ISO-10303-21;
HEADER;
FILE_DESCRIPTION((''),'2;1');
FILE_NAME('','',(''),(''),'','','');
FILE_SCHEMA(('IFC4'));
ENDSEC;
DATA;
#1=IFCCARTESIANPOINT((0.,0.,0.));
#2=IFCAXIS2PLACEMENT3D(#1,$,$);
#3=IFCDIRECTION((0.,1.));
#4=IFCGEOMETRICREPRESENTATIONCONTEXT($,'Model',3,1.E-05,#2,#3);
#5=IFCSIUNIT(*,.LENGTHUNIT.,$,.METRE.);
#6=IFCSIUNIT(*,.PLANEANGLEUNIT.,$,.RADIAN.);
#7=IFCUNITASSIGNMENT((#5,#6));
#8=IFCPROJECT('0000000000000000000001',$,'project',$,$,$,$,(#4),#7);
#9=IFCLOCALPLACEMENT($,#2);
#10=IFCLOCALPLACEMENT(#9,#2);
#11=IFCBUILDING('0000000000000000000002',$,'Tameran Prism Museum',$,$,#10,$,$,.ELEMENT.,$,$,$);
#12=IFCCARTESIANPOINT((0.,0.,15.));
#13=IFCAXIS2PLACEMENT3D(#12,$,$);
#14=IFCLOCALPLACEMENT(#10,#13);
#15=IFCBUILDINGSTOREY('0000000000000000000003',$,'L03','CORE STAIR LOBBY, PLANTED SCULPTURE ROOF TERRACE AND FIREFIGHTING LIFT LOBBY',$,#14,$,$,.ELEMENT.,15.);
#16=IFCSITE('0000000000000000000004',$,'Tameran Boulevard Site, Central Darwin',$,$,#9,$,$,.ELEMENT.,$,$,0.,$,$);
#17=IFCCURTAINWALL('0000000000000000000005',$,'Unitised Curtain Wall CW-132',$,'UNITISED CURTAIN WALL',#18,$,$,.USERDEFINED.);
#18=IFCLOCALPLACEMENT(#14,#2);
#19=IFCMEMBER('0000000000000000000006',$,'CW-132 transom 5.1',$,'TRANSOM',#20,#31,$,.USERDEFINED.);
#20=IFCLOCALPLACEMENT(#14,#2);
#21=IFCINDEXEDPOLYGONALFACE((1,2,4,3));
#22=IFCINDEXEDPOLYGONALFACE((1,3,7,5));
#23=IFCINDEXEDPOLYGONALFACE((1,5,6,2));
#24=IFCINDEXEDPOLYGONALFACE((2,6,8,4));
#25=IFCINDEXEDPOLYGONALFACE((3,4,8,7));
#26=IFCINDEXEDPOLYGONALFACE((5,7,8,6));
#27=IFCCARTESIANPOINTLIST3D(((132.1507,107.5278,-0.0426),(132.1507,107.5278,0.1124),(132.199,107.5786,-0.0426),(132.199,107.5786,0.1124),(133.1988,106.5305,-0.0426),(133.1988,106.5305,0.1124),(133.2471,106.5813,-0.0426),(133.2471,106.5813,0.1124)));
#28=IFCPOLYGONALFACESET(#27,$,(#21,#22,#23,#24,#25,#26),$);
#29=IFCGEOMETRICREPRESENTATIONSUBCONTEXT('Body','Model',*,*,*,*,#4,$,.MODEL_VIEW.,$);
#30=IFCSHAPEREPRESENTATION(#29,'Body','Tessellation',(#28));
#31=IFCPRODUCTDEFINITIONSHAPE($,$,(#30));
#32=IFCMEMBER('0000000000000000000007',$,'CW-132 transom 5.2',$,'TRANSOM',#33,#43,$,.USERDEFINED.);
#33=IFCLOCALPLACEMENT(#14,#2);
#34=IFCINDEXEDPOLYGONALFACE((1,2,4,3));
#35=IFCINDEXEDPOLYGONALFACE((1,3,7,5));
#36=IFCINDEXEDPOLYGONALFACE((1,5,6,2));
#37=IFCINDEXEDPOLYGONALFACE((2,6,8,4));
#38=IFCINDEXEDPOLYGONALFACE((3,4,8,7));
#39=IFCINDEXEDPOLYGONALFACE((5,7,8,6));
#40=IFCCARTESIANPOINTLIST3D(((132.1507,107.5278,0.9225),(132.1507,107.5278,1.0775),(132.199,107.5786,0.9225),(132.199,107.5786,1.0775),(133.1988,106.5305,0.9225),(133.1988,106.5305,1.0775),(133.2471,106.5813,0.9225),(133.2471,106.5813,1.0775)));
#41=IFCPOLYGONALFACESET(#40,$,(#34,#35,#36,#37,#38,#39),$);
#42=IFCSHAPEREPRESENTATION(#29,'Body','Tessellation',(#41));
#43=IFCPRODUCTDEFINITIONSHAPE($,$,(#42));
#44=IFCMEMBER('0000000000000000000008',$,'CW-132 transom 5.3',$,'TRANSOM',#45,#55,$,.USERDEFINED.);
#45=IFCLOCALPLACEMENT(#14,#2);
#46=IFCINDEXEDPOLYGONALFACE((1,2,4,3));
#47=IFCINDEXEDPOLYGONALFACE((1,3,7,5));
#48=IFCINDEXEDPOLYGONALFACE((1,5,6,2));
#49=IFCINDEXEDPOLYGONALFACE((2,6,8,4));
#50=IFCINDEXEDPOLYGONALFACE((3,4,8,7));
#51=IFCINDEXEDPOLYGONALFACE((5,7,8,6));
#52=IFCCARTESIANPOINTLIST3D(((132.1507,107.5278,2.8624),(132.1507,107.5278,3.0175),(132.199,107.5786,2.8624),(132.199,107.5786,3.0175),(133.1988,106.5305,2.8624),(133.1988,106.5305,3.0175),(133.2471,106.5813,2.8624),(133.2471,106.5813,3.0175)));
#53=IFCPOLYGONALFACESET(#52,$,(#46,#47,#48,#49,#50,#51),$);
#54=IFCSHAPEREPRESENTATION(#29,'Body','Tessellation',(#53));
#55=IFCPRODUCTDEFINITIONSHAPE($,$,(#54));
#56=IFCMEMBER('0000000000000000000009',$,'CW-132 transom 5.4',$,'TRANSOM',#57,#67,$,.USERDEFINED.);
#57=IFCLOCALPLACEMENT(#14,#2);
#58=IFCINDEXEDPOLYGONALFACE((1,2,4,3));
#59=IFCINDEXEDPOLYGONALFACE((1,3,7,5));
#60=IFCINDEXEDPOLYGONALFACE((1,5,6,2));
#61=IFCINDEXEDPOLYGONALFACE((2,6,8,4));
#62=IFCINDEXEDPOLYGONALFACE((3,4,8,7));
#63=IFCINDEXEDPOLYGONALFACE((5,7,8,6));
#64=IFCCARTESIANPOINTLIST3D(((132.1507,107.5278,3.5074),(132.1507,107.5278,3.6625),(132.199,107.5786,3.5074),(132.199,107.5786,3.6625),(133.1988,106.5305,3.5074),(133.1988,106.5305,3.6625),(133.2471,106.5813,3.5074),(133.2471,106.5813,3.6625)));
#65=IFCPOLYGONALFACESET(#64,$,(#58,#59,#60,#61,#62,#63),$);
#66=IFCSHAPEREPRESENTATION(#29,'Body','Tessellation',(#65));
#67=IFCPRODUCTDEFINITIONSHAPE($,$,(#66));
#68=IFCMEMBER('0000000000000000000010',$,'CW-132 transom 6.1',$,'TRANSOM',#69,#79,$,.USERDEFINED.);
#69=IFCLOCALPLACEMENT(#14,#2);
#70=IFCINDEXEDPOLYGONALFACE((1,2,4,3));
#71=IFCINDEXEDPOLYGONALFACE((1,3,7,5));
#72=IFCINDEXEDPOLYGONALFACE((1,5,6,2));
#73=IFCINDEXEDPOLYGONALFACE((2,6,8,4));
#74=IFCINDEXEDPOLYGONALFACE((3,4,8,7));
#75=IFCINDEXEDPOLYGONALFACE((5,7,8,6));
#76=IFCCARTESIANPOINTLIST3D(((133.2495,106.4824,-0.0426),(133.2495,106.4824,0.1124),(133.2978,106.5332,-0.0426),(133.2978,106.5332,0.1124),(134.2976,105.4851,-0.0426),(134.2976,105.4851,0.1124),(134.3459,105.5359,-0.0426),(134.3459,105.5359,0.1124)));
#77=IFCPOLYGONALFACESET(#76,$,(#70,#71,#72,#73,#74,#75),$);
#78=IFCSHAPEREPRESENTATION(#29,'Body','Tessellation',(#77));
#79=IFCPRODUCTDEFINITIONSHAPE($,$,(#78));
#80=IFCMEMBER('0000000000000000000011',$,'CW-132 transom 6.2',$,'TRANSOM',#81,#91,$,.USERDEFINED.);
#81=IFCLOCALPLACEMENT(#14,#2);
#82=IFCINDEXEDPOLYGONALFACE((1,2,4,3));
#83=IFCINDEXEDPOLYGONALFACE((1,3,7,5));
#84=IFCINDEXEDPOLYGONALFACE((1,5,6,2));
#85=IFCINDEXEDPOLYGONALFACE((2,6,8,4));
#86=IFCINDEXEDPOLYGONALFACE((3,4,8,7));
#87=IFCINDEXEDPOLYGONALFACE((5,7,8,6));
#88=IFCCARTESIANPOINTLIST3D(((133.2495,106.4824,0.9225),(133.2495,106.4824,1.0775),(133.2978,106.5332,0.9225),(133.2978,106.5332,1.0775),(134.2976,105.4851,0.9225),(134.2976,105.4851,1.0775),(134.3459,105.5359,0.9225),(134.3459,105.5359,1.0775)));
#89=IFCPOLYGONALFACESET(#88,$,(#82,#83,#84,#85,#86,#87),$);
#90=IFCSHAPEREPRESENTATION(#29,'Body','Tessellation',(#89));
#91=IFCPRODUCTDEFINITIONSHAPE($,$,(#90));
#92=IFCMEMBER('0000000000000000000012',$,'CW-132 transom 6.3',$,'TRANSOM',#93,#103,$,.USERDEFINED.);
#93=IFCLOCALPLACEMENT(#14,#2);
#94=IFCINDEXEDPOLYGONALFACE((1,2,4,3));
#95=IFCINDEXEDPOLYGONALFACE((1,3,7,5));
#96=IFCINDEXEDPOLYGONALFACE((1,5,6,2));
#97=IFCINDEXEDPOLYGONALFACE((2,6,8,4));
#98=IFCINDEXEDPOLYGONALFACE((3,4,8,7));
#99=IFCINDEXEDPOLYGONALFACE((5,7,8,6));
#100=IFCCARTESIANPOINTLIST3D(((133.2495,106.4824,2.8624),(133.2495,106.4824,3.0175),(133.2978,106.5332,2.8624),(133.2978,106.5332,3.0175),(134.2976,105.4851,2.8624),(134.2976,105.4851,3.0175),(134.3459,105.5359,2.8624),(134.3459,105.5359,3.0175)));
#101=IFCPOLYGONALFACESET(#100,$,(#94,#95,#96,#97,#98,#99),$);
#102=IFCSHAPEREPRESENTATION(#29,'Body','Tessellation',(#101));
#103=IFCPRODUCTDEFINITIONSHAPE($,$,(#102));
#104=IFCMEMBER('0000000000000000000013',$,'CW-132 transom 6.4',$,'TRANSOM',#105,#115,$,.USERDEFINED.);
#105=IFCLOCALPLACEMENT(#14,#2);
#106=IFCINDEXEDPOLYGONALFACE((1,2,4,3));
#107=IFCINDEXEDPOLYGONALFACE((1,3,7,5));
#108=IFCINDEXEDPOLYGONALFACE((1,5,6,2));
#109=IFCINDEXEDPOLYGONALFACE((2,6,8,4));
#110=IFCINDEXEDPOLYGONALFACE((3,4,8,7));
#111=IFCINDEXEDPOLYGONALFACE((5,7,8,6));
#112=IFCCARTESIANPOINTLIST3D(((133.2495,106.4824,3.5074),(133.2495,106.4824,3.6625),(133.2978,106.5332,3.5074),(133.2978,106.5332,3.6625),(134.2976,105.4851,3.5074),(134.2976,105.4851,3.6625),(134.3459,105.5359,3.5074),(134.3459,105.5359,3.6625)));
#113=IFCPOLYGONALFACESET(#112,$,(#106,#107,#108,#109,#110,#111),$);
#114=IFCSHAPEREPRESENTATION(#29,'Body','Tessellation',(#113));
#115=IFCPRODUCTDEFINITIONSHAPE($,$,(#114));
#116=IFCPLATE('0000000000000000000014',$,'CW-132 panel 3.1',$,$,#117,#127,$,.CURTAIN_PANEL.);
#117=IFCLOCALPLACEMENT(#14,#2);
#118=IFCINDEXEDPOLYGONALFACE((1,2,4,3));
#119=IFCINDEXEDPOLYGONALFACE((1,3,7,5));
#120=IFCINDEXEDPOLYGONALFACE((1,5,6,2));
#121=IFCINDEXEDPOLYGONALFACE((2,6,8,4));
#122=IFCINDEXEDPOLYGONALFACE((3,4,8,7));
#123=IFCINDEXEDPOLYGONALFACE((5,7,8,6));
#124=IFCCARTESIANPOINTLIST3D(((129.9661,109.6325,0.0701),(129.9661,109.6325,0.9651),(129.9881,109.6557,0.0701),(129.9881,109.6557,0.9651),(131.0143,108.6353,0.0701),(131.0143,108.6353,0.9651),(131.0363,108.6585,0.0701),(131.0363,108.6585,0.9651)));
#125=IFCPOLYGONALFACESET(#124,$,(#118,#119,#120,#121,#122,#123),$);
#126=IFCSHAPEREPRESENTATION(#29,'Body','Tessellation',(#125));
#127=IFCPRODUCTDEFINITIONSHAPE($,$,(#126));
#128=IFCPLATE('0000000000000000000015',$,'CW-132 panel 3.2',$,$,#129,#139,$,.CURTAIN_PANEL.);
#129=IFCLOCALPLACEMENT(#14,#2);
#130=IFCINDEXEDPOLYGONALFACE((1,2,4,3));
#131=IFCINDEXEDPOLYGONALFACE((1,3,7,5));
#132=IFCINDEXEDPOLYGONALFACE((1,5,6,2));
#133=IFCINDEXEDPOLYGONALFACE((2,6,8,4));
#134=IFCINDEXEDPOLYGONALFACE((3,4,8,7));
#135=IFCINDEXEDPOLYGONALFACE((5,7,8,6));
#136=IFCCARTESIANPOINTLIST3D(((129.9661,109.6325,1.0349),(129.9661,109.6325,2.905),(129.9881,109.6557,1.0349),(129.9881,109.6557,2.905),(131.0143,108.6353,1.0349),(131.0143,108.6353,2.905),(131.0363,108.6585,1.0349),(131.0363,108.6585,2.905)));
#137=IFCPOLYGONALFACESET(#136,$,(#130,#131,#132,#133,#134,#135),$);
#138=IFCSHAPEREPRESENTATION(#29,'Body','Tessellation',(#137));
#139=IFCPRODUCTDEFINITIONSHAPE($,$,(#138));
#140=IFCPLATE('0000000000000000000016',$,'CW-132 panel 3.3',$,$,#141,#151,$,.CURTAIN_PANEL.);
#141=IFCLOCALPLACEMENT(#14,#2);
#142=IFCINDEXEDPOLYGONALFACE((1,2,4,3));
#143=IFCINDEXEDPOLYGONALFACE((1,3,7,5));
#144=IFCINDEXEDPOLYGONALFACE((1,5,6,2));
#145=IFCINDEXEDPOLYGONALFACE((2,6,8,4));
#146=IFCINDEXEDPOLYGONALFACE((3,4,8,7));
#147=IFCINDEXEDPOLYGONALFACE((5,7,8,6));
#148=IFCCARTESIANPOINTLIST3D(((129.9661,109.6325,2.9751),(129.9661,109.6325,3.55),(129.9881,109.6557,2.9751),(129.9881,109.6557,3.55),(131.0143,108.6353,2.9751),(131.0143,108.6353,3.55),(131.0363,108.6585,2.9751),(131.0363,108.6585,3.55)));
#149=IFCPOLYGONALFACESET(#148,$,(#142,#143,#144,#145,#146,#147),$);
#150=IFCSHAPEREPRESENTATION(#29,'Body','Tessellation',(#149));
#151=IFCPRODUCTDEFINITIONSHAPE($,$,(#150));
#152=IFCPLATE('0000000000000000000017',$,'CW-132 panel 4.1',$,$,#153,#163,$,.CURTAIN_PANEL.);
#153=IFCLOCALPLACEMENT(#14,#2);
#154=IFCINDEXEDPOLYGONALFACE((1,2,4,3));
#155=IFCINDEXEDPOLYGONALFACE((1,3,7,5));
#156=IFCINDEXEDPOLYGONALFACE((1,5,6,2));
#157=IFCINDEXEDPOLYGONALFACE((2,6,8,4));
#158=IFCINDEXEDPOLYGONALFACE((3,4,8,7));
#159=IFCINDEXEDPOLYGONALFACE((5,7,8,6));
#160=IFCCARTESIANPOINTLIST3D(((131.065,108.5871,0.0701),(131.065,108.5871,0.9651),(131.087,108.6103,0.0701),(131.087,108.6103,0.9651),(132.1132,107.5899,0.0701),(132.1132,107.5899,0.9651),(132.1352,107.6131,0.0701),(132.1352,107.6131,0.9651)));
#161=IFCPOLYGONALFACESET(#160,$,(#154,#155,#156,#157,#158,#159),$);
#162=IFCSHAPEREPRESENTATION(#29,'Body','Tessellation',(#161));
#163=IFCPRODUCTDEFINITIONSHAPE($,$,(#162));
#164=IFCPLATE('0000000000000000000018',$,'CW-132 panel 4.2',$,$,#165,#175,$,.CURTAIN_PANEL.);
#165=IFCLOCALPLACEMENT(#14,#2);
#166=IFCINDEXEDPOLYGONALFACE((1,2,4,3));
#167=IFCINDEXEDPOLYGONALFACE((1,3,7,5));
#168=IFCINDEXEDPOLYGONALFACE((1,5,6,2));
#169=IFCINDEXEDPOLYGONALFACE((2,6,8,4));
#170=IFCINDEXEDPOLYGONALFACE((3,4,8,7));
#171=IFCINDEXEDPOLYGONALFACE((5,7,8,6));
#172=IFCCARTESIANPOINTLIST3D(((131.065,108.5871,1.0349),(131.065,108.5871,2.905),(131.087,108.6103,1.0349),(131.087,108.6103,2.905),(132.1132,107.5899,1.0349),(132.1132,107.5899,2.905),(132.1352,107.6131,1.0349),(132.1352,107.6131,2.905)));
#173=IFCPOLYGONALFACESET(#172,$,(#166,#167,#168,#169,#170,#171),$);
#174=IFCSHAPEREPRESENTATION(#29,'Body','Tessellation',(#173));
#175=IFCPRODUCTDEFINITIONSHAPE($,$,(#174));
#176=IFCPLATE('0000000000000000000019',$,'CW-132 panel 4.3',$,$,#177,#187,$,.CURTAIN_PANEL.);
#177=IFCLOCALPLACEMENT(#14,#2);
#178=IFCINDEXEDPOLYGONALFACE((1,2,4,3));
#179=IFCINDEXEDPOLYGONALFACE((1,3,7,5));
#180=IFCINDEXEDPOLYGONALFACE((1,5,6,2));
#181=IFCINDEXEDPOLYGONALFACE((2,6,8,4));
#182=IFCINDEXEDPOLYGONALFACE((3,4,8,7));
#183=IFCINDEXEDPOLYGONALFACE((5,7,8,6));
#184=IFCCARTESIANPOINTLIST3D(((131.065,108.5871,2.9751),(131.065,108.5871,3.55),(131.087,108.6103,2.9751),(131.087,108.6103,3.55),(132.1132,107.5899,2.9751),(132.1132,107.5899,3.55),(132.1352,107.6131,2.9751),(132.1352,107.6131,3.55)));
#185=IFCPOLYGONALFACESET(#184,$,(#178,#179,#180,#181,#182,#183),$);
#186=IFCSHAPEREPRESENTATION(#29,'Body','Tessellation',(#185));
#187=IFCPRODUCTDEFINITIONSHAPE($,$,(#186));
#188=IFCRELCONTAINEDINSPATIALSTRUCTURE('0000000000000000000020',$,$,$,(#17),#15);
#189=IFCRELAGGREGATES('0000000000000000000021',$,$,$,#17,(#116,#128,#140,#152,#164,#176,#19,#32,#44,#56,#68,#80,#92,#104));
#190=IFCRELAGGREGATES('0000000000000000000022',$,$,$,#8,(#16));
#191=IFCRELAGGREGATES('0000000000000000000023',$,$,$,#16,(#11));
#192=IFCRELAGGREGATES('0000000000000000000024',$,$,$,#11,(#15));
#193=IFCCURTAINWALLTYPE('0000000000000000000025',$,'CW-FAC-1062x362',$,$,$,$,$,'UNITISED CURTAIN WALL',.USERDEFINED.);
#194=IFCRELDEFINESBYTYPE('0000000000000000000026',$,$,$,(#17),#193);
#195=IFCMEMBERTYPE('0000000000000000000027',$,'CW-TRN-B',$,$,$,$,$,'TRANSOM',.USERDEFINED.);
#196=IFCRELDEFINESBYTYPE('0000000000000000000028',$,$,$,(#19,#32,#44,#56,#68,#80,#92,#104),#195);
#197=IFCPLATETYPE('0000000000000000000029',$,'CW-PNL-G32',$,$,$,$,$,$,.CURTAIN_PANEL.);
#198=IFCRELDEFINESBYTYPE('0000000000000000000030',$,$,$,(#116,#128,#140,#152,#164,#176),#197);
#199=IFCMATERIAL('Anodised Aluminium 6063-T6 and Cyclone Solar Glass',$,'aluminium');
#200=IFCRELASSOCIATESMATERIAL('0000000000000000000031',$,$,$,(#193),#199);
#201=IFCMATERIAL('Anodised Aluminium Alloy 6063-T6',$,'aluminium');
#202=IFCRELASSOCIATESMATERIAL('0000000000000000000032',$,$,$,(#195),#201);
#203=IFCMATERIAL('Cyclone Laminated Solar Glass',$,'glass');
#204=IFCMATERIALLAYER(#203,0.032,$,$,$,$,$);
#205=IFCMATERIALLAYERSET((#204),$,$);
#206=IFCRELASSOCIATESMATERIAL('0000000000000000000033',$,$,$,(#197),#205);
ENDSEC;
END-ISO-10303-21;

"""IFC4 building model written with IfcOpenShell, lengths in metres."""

from ifc_helpers import new_model, si_unit, direction, frame, origin, origin_2d, place, context, subcontext, project, spatial, rectangle, extrude, material, layer, layer_set, material_profile, profile_set, type_object, element, aggregate, save


model = new_model("IFC4")

# Units and contexts
model_context = context("Model", 3, precision=1e-05, world=origin(), true_north=direction((0.0, 1.0)))
body_context = subcontext(model_context, "Body", "Model", "MODEL_VIEW")
ifc_project = project(units=[si_unit("LENGTHUNIT", "METRE"), si_unit("PLANEANGLEUNIT", "RADIAN")], contexts=[model_context])

# Site, building, storey
site_placement = place(None, origin())
site = spatial("IfcSite", under=ifc_project, at=site_placement, Name="Tameran Boulevard Site, Central Darwin", CompositionType="ELEMENT", RefElevation=0.0)
building_placement = place(site_placement, origin())
building = spatial("IfcBuilding", under=site, at=building_placement, Name="Tameran Prism Museum", CompositionType="ELEMENT")
storey_placement = place(building_placement, frame((0.0, 0.0, 15.0)))
storey = spatial("IfcBuildingStorey", under=building, at=storey_placement, Name="L03", Description="CORE STAIR LOBBY, PLANTED SCULPTURE ROOF TERRACE AND FIREFIGHTING LIFT LOBBY", CompositionType="ELEMENT", Elevation=15.0)

# Curtain wall, members, plates
ifc_material_1 = material(Name="Anodised Aluminium 6063-T6 and Cyclone Solar Glass", Category="aluminium")
curtain_wall_type = type_object("IfcCurtainWallType", Name="CW-FAC-1062x362", ElementType="UNITISED CURTAIN WALL", PredefinedType="USERDEFINED", material=ifc_material_1)
curtain_wall_placement = place(storey_placement, origin())
curtain_wall = element("IfcCurtainWall", 1, at=curtain_wall_placement, inside=storey, type_object=curtain_wall_type, Name="Unitised Curtain Wall CW-132", ObjectType="UNITISED CURTAIN WALL", PredefinedType="USERDEFINED")
ifc_material_2 = material(Name="Anodised Aluminium Alloy 6063-T6", Category="aluminium")
ifc_material_profile_1 = material_profile(ifc_material_2, rectangle(XDim=0.0701, YDim=0.155, at=origin_2d()))
ifc_profile_set_1 = profile_set([ifc_material_profile_1])
member_type_1 = type_object("IfcMemberType", Name="CW-TRN-B", ElementType="TRANSOM", PredefinedType="USERDEFINED", material=ifc_profile_set_1)
member_1_placement = place(storey_placement, frame((132.1748, 107.5532, 0.0349), z_axis=(0.724439, -0.689339, 0.0), x_axis=(0.689339, 0.724439, 0.0)))
member_1 = element("IfcMember", 2, at=member_1_placement, type_object=member_type_1, Name="CW-132 transom 5.1", ObjectType="TRANSOM", PredefinedType="USERDEFINED", context=body_context, shape_type="SweptSolid", body=[
    extrude(rectangle(XDim=0.0701, YDim=0.155, at=origin_2d()), origin(), (0.0, 0.0, 1.0), 1.4468),
])
member_2_placement = place(storey_placement, frame((132.1748, 107.5532, 1.0), z_axis=(0.724439, -0.689339, 0.0), x_axis=(0.689339, 0.724439, 0.0)))
member_2 = element("IfcMember", 3, at=member_2_placement, type_object=member_type_1, Name="CW-132 transom 5.2", ObjectType="TRANSOM", PredefinedType="USERDEFINED", context=body_context, shape_type="SweptSolid", body=[
    extrude(rectangle(XDim=0.0701, YDim=0.155, at=origin_2d()), origin(), (0.0, 0.0, 1.0), 1.4468),
])
member_3_placement = place(storey_placement, frame((132.1748, 107.5532, 2.9399), z_axis=(0.724439, -0.689339, 0.0), x_axis=(0.689339, 0.724439, 0.0)))
member_3 = element("IfcMember", 4, at=member_3_placement, type_object=member_type_1, Name="CW-132 transom 5.3", ObjectType="TRANSOM", PredefinedType="USERDEFINED", context=body_context, shape_type="SweptSolid", body=[
    extrude(rectangle(XDim=0.0701, YDim=0.155, at=origin_2d()), origin(), (0.0, 0.0, 1.0), 1.4468),
])
member_4_placement = place(storey_placement, frame((132.1748, 107.5532, 3.585), z_axis=(0.724439, -0.689339, 0.0), x_axis=(0.689339, 0.724439, 0.0)))
member_4 = element("IfcMember", 5, at=member_4_placement, type_object=member_type_1, Name="CW-132 transom 5.4", ObjectType="TRANSOM", PredefinedType="USERDEFINED", context=body_context, shape_type="SweptSolid", body=[
    extrude(rectangle(XDim=0.0701, YDim=0.155, at=origin_2d()), origin(), (0.0, 0.0, 1.0), 1.4468),
])
member_5_placement = place(storey_placement, frame((133.2737, 106.5078, 0.0349), z_axis=(0.724439, -0.689339, 0.0), x_axis=(0.689339, 0.724439, 0.0)))
member_5 = element("IfcMember", 6, at=member_5_placement, type_object=member_type_1, Name="CW-132 transom 6.1", ObjectType="TRANSOM", PredefinedType="USERDEFINED", context=body_context, shape_type="SweptSolid", body=[
    extrude(rectangle(XDim=0.0701, YDim=0.155, at=origin_2d()), origin(), (0.0, 0.0, 1.0), 1.4468),
])
member_6_placement = place(storey_placement, frame((133.2737, 106.5078, 1.0), z_axis=(0.724439, -0.689339, 0.0), x_axis=(0.689339, 0.724439, 0.0)))
member_6 = element("IfcMember", 7, at=member_6_placement, type_object=member_type_1, Name="CW-132 transom 6.2", ObjectType="TRANSOM", PredefinedType="USERDEFINED", context=body_context, shape_type="SweptSolid", body=[
    extrude(rectangle(XDim=0.0701, YDim=0.155, at=origin_2d()), origin(), (0.0, 0.0, 1.0), 1.4468),
])
member_7_placement = place(storey_placement, frame((133.2737, 106.5078, 2.9399), z_axis=(0.724439, -0.689339, 0.0), x_axis=(0.689339, 0.724439, 0.0)))
member_7 = element("IfcMember", 8, at=member_7_placement, type_object=member_type_1, Name="CW-132 transom 6.3", ObjectType="TRANSOM", PredefinedType="USERDEFINED", context=body_context, shape_type="SweptSolid", body=[
    extrude(rectangle(XDim=0.0701, YDim=0.155, at=origin_2d()), origin(), (0.0, 0.0, 1.0), 1.4468),
])
member_8_placement = place(storey_placement, frame((133.2737, 106.5078, 3.585), z_axis=(0.724439, -0.689339, 0.0), x_axis=(0.689339, 0.724439, 0.0)))
member_8 = element("IfcMember", 9, at=member_8_placement, type_object=member_type_1, Name="CW-132 transom 6.4", ObjectType="TRANSOM", PredefinedType="USERDEFINED", context=body_context, shape_type="SweptSolid", body=[
    extrude(rectangle(XDim=0.0701, YDim=0.155, at=origin_2d()), origin(), (0.0, 0.0, 1.0), 1.4468),
])
ifc_material_3 = material(Name="Cyclone Laminated Solar Glass", Category="glass")
ifc_layer_1 = layer(ifc_material_3, 0.032)
ifc_layer_set_1 = layer_set([ifc_layer_1])
plate_type = type_object("IfcPlateType", Name="CW-PNL-G32", PredefinedType="CURTAIN_PANEL", material=ifc_layer_set_1)
plate_1_placement = place(storey_placement, frame((130.5012, 109.1455, 0.0701), z_axis=(0.0, 0.0, 1.0), x_axis=(0.724501, -0.689274, 0.0)))
plate_1 = element("IfcPlate", 10, at=plate_1_placement, type_object=plate_type, Name="CW-132 panel 3.1", PredefinedType="CURTAIN_PANEL", context=body_context, shape_type="SweptSolid", body=[
    extrude(rectangle(XDim=1.4468, YDim=0.032, at=origin_2d()), origin(), (0.0, 0.0, 1.0), 0.895),
])
plate_2_placement = place(storey_placement, frame((130.5012, 109.1455, 1.0349), z_axis=(0.0, 0.0, 1.0), x_axis=(0.724501, -0.689274, 0.0)))
plate_2 = element("IfcPlate", 11, at=plate_2_placement, type_object=plate_type, Name="CW-132 panel 3.2", PredefinedType="CURTAIN_PANEL", context=body_context, shape_type="SweptSolid", body=[
    extrude(rectangle(XDim=1.4468, YDim=0.032, at=origin_2d()), origin(), (0.0, 0.0, 1.0), 1.8701),
])
plate_3_placement = place(storey_placement, frame((130.5012, 109.1455, 2.9751), z_axis=(0.0, 0.0, 1.0), x_axis=(0.724501, -0.689274, 0.0)))
plate_3 = element("IfcPlate", 12, at=plate_3_placement, type_object=plate_type, Name="CW-132 panel 3.3", PredefinedType="CURTAIN_PANEL", context=body_context, shape_type="SweptSolid", body=[
    extrude(rectangle(XDim=1.4468, YDim=0.032, at=origin_2d()), origin(), (0.0, 0.0, 1.0), 0.575),
])
plate_4_placement = place(storey_placement, frame((131.6001, 108.1001, 0.0701), z_axis=(0.0, 0.0, 1.0), x_axis=(0.724501, -0.689274, 0.0)))
plate_4 = element("IfcPlate", 13, at=plate_4_placement, type_object=plate_type, Name="CW-132 panel 4.1", PredefinedType="CURTAIN_PANEL", context=body_context, shape_type="SweptSolid", body=[
    extrude(rectangle(XDim=1.4468, YDim=0.032, at=origin_2d()), origin(), (0.0, 0.0, 1.0), 0.895),
])
plate_5_placement = place(storey_placement, frame((131.6001, 108.1001, 1.0349), z_axis=(0.0, 0.0, 1.0), x_axis=(0.724501, -0.689274, 0.0)))
plate_5 = element("IfcPlate", 14, at=plate_5_placement, type_object=plate_type, Name="CW-132 panel 4.2", PredefinedType="CURTAIN_PANEL", context=body_context, shape_type="SweptSolid", body=[
    extrude(rectangle(XDim=1.4468, YDim=0.032, at=origin_2d()), origin(), (0.0, 0.0, 1.0), 1.8701),
])
plate_6_placement = place(storey_placement, frame((131.6001, 108.1001, 2.9751), z_axis=(0.0, 0.0, 1.0), x_axis=(0.724501, -0.689274, 0.0)))
plate_6 = element("IfcPlate", 15, at=plate_6_placement, type_object=plate_type, Name="CW-132 panel 4.3", PredefinedType="CURTAIN_PANEL", context=body_context, shape_type="SweptSolid", body=[
    extrude(rectangle(XDim=1.4468, YDim=0.032, at=origin_2d()), origin(), (0.0, 0.0, 1.0), 0.575),
])
aggregate(curtain_wall, [plate_1, plate_2, plate_3, plate_4, plate_5, plate_6, member_1, member_2, member_3, member_4, member_5, member_6, member_7, member_8])

save(model, "model.ifc")
